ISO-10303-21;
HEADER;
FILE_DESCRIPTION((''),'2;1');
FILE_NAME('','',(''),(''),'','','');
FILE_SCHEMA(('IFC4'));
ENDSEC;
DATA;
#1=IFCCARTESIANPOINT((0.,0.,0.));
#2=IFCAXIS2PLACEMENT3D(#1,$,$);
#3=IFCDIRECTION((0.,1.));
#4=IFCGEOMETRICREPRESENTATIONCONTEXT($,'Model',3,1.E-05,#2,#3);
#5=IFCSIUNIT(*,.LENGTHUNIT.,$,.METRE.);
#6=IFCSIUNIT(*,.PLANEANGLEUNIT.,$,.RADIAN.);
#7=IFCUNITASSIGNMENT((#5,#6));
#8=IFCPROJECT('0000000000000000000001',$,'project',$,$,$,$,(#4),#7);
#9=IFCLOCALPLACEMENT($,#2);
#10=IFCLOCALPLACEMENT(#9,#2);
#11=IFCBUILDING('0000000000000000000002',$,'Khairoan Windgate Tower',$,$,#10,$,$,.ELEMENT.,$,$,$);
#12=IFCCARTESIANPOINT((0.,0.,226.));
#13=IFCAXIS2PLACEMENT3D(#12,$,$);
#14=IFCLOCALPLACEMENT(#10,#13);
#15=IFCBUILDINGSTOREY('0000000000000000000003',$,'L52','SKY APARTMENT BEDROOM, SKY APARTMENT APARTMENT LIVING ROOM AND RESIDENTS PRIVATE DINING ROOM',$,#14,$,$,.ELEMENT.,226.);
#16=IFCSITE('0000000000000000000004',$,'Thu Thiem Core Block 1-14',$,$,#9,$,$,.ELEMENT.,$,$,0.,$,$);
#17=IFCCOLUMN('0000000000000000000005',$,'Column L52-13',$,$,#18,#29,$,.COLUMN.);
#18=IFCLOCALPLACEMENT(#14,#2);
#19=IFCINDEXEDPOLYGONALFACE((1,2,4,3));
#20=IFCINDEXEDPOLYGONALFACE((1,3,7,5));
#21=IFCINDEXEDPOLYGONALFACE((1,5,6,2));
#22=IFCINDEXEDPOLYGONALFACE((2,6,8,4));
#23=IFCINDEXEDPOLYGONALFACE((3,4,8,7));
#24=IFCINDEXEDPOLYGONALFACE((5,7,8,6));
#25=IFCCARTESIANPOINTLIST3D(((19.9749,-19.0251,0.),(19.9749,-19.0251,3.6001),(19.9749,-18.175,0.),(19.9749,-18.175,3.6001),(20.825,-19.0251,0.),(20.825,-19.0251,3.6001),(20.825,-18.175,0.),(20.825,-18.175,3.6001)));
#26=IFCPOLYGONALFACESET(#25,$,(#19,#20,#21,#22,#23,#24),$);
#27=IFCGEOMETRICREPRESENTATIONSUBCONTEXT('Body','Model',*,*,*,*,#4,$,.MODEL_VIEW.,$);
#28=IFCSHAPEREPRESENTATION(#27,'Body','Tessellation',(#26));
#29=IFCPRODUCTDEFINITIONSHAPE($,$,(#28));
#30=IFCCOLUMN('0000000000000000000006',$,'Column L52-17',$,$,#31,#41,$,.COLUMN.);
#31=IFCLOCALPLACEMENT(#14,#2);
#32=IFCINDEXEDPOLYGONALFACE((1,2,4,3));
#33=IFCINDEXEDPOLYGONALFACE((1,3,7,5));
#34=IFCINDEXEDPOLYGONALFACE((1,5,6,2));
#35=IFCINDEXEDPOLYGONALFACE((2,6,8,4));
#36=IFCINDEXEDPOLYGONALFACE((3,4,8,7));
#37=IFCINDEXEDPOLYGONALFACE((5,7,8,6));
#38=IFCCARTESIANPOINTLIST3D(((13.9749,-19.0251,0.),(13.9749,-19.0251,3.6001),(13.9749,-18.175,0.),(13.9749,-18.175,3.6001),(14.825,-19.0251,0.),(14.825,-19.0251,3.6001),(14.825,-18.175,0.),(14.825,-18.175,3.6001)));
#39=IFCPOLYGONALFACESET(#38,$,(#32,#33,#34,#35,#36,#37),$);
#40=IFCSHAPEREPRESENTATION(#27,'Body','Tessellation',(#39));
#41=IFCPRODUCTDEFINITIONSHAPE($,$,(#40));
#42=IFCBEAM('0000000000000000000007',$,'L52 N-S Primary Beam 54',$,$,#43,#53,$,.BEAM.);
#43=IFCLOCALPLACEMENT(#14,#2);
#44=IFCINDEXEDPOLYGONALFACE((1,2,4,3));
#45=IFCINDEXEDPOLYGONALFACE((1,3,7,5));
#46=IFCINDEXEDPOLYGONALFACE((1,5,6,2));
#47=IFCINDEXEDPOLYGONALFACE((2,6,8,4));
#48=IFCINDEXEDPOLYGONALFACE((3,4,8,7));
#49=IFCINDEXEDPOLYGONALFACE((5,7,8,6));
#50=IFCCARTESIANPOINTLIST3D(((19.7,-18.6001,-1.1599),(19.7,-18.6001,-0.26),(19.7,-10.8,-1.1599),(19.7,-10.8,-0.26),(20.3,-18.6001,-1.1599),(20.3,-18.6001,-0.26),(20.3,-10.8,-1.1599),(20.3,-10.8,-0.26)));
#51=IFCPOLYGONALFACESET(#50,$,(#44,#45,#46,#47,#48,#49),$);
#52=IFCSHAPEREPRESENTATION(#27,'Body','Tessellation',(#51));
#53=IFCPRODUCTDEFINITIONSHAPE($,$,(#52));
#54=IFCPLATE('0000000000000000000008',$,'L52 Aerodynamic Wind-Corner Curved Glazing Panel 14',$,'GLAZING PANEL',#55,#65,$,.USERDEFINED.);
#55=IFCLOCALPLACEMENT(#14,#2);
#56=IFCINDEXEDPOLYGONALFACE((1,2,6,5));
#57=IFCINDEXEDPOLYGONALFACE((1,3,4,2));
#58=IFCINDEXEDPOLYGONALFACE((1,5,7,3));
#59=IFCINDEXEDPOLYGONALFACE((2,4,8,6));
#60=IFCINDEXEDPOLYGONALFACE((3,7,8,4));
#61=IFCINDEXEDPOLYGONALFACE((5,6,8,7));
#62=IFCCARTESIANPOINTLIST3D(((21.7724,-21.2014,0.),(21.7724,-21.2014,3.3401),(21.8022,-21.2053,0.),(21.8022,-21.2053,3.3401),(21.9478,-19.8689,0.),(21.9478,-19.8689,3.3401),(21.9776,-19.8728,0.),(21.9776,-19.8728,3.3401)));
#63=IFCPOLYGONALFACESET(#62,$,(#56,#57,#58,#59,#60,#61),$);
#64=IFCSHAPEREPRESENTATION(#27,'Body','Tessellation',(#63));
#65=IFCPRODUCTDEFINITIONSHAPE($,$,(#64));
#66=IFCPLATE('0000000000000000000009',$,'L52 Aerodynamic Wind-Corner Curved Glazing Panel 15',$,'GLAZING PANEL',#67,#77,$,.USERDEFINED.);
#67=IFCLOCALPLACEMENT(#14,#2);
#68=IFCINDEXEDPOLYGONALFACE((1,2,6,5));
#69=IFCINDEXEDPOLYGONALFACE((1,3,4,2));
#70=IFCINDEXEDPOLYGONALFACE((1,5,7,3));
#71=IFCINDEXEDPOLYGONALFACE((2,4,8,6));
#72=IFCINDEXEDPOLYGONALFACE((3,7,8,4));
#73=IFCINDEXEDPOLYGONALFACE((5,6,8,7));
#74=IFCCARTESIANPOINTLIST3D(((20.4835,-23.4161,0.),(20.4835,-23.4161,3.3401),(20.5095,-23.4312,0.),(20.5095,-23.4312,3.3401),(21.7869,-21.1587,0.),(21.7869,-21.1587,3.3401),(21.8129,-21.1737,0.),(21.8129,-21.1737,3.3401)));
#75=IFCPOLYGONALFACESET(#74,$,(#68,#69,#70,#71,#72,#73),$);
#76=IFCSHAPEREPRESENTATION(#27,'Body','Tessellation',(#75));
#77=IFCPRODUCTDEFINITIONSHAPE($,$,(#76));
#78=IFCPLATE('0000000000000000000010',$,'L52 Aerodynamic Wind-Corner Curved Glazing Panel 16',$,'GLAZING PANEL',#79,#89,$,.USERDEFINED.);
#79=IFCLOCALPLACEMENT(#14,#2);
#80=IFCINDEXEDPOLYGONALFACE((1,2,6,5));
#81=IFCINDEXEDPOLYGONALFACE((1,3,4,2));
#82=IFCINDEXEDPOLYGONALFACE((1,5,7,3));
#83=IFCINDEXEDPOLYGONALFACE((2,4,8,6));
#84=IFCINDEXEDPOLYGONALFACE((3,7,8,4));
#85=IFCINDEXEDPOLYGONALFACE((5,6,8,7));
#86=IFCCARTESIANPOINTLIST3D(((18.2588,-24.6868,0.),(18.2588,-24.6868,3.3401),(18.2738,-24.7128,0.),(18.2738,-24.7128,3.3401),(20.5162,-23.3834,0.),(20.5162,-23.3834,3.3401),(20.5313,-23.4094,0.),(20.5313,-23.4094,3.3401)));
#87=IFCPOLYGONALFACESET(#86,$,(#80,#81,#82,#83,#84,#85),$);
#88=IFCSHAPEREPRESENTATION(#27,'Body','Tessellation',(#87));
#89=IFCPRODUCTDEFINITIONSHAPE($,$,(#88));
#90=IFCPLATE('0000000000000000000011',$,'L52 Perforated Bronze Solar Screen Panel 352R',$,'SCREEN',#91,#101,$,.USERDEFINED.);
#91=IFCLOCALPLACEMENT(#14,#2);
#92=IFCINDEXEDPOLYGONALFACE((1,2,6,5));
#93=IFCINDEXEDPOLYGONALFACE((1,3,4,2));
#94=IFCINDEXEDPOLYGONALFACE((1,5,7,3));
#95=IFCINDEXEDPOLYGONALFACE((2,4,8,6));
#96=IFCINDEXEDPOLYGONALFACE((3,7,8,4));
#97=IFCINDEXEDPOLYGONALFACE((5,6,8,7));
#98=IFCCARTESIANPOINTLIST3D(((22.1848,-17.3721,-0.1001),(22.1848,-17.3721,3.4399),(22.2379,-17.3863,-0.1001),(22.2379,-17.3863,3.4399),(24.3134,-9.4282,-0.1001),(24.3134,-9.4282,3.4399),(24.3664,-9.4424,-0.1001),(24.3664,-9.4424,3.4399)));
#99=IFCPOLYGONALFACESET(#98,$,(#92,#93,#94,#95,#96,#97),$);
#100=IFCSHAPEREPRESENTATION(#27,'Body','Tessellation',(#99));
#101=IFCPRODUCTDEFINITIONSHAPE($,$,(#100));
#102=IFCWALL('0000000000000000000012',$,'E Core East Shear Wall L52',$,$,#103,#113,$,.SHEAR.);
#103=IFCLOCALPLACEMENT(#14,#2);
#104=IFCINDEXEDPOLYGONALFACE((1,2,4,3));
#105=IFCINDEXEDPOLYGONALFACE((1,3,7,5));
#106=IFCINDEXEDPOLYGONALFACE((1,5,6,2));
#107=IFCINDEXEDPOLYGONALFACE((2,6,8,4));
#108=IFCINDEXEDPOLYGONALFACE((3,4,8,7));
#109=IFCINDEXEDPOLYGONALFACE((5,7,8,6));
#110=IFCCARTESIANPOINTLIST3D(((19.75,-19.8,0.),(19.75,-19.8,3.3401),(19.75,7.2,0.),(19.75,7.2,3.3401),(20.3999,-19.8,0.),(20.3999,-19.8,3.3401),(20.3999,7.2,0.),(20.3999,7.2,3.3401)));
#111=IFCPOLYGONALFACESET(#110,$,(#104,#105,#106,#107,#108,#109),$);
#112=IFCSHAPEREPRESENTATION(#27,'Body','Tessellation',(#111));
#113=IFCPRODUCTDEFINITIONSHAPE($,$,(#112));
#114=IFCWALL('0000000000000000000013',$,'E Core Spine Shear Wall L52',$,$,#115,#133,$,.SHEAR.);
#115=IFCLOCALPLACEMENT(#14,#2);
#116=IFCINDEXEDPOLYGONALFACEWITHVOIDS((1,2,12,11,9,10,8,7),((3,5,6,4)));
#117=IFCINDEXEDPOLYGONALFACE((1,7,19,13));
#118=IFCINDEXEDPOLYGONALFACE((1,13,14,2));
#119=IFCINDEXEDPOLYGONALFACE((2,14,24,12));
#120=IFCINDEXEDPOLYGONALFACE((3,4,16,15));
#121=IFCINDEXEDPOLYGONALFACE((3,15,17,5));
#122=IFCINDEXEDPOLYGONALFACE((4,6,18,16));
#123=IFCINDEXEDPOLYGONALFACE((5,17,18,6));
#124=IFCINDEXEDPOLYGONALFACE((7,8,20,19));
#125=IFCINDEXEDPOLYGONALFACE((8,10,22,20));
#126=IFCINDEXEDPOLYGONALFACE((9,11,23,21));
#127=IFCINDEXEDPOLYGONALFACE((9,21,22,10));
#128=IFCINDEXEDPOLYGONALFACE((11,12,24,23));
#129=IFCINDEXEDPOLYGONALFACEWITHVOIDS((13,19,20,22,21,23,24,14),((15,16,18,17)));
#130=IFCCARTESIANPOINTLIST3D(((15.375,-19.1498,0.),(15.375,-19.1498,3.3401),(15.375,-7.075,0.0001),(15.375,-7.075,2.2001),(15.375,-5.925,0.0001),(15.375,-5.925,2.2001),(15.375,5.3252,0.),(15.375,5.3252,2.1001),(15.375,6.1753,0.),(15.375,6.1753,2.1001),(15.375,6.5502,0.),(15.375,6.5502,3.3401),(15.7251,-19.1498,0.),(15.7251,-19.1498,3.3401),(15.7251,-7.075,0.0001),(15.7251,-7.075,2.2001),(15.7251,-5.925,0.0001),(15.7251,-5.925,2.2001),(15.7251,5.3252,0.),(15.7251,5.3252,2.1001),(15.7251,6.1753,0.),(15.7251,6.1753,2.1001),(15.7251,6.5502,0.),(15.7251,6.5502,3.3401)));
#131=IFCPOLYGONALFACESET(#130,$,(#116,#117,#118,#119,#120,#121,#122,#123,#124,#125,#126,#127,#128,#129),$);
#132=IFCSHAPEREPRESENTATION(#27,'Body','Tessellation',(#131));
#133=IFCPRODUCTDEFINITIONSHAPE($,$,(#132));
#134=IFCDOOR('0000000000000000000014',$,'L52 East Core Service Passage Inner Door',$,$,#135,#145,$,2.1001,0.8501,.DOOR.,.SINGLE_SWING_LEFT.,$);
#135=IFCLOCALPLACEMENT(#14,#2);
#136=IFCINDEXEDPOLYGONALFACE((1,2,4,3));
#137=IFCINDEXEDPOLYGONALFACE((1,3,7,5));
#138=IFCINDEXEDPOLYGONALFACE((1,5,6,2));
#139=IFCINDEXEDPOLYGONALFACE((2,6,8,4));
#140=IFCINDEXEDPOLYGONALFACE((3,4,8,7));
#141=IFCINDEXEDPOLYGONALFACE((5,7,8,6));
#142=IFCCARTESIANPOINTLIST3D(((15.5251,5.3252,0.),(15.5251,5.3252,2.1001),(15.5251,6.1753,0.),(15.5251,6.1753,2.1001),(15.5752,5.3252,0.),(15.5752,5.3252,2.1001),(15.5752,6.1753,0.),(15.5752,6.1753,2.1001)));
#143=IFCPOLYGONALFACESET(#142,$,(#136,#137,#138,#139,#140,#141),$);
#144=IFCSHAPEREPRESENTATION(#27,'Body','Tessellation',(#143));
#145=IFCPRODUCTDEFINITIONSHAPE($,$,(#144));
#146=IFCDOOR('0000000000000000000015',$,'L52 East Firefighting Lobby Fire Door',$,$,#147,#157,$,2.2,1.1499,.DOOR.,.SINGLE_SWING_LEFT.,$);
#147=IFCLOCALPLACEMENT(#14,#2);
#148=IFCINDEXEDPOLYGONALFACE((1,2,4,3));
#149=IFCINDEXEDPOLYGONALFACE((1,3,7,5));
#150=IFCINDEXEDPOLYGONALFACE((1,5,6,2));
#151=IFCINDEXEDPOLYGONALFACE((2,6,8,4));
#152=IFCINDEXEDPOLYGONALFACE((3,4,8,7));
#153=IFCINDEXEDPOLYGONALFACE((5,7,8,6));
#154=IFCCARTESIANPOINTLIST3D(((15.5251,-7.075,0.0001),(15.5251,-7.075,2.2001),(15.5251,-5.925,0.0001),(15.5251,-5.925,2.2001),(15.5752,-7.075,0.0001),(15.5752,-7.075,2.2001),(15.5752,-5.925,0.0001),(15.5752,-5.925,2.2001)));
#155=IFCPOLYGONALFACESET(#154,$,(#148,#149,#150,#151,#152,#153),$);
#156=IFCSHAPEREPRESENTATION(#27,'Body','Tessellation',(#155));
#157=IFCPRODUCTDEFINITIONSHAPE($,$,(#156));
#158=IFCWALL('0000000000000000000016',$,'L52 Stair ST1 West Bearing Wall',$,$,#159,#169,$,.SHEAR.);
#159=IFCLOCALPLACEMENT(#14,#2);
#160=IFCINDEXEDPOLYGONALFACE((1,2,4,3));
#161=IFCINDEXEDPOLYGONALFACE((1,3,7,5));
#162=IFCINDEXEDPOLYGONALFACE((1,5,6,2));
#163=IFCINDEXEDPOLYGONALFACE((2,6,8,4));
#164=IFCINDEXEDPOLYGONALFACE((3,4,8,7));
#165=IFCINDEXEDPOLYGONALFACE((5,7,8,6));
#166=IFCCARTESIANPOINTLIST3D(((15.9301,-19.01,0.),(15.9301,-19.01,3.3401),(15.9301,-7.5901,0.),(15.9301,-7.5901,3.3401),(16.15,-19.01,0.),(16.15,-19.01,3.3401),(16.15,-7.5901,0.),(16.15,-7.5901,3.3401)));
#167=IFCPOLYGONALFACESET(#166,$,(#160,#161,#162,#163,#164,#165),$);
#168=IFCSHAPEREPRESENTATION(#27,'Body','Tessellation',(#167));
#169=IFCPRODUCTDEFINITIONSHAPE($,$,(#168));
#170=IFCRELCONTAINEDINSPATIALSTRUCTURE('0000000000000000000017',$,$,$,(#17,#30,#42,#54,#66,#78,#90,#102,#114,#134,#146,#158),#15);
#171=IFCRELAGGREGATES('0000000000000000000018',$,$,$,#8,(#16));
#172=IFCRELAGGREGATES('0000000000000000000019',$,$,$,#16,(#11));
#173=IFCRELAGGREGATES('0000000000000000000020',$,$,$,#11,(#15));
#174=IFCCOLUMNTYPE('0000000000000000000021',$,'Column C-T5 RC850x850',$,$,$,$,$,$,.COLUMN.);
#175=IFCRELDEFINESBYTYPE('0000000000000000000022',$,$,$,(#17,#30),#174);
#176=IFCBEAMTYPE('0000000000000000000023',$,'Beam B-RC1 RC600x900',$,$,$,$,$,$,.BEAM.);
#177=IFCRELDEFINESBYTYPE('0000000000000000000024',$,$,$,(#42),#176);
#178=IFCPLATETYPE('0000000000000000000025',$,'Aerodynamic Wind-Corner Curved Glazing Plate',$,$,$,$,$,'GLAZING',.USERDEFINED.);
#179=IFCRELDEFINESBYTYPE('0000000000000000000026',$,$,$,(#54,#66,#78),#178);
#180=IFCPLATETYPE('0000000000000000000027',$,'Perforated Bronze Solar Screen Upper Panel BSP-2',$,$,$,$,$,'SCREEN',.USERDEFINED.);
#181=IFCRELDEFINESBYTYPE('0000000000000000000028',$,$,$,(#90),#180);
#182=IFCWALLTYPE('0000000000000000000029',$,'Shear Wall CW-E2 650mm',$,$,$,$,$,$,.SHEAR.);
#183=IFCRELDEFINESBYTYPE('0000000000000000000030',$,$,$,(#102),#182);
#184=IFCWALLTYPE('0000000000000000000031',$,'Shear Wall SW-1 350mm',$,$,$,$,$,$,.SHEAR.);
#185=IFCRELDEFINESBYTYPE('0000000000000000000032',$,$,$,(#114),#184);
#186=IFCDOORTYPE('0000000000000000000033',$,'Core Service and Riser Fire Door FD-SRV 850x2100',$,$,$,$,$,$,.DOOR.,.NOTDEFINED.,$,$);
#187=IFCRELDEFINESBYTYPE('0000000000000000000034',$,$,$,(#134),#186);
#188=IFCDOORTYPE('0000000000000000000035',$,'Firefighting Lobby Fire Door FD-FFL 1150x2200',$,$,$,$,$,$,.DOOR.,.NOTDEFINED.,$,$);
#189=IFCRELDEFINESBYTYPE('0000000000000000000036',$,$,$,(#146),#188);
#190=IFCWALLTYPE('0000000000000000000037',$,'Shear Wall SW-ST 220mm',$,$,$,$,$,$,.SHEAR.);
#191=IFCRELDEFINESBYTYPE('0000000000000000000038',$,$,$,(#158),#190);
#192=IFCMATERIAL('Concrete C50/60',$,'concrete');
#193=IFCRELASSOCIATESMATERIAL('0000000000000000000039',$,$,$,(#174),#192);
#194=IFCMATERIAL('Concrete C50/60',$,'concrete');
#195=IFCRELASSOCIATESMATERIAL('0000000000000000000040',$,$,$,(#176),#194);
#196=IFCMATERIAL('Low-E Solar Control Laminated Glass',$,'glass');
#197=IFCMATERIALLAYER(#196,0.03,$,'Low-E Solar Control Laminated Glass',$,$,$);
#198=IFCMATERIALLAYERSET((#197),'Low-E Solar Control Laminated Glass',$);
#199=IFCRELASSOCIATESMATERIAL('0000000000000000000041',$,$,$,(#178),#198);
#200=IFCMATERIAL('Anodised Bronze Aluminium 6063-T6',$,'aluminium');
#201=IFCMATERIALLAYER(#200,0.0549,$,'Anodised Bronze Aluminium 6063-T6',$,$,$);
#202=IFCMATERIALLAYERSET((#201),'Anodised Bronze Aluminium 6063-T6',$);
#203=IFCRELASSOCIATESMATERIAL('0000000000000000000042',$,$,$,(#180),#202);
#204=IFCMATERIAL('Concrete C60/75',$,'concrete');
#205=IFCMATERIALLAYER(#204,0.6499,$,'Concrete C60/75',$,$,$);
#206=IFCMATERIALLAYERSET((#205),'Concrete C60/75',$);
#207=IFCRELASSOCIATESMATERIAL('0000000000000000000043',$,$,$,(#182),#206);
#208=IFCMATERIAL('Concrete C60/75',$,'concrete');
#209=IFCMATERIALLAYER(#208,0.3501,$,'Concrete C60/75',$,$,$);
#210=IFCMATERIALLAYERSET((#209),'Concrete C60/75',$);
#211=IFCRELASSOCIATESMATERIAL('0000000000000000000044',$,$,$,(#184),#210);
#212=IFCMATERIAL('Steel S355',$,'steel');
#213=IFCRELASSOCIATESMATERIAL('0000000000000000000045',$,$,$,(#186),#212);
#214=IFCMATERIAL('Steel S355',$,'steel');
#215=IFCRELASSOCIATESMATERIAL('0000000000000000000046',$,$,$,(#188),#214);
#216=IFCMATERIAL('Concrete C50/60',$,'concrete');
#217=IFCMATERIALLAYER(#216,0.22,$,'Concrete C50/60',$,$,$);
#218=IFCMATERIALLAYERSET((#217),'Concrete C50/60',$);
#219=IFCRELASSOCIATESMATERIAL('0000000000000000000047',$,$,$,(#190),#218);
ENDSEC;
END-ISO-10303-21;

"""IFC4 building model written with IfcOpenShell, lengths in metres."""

from ifc_helpers import new_model, si_unit, direction, frame, frame_2d, origin, origin_2d, place, context, subcontext, project, spatial, rectangle, extrude, material, layer, layer_set, material_profile, profile_set, type_object, element, fill, save


model = new_model("IFC4")

# Units and contexts
model_context = context("Model", 3, precision=1e-05, world=origin(), true_north=direction((0.0, 1.0)))
body_context = subcontext(model_context, "Body", "Model", "MODEL_VIEW")
ifc_project = project(units=[si_unit("LENGTHUNIT", "METRE"), si_unit("PLANEANGLEUNIT", "RADIAN")], contexts=[model_context])

# Site, building, storey
site_placement = place(None, origin())
site = spatial("IfcSite", under=ifc_project, at=site_placement, Name="Thu Thiem Core Block 1-14", CompositionType="ELEMENT", RefElevation=0.0)
building_placement = place(site_placement, origin())
building = spatial("IfcBuilding", under=site, at=building_placement, Name="Khairoan Windgate Tower", CompositionType="ELEMENT")
storey_placement = place(building_placement, frame((0.0, 0.0, 226.0)))
storey = spatial("IfcBuildingStorey", under=building, at=storey_placement, Name="L52", Description="SKY APARTMENT BEDROOM, SKY APARTMENT APARTMENT LIVING ROOM AND RESIDENTS PRIVATE DINING ROOM", CompositionType="ELEMENT", Elevation=226.0)

# Columns
ifc_material_1 = material(Name="Concrete C50/60", Category="concrete")
ifc_material_profile_1 = material_profile(ifc_material_1, rectangle(XDim=0.8501, YDim=0.8501, at=origin_2d()))
ifc_profile_set_1 = profile_set([ifc_material_profile_1], Name="Concrete C50/60")
column_type = type_object("IfcColumnType", Name="Column C-T5 RC850x850", PredefinedType="COLUMN", material=ifc_profile_set_1)
for number, where, z_axis, x_axis, name in (
    (1, (20.3999, -18.6001, 0.0), (0.0, 0.0, 1.0), (1.0, 0.0, 0.0), "Column L52-13"),
    (2, (14.3999, -18.6001, 0.0), (0.0, 0.0, 1.0), (1.0, 0.0, 0.0), "Column L52-17"),
):
    element("IfcColumn", number, at=place(storey_placement, frame(where, z_axis=z_axis, x_axis=x_axis)), inside=storey, type_object=column_type, Name=name, PredefinedType="COLUMN", context=body_context, shape_type="SweptSolid", body=[
        extrude(rectangle(XDim=0.8501, YDim=0.8501, at=origin_2d()), origin(), (0.0, 0.0, 1.0), 3.6001),
    ])

# Beam
ifc_material_2 = material(Name="Concrete C50/60", Category="concrete")
ifc_material_profile_2 = material_profile(ifc_material_2, rectangle(XDim=0.6001, YDim=0.8999, at=origin_2d()))
ifc_profile_set_2 = profile_set([ifc_material_profile_2], Name="Concrete C50/60")
beam_type = type_object("IfcBeamType", Name="Beam B-RC1 RC600x900", PredefinedType="BEAM", material=ifc_profile_set_2)
beam_placement = place(storey_placement, frame((20.0, -18.6001, -0.71), z_axis=(0.0, 1.0, 0.0), x_axis=(-1.0, 0.0, 0.0)))
element("IfcBeam", 3, at=beam_placement, inside=storey, type_object=beam_type, Name="L52 N-S Primary Beam 54", PredefinedType="BEAM", context=body_context, shape_type="SweptSolid", body=[
    extrude(rectangle(XDim=0.6001, YDim=0.8999, at=origin_2d()), origin(), (0.0, 0.0, 1.0), 7.8),
])

# Plates
ifc_material_3 = material(Name="Low-E Solar Control Laminated Glass", Category="glass")
ifc_layer_1 = layer(ifc_material_3, 0.03, Name="Low-E Solar Control Laminated Glass")
ifc_layer_set_1 = layer_set([ifc_layer_1], Name="Low-E Solar Control Laminated Glass")
plate_type_1 = type_object("IfcPlateType", Name="Aerodynamic Wind-Corner Curved Glazing Plate", ElementType="GLAZING", PredefinedType="USERDEFINED", material=ifc_layer_set_1)
plate_1_placement = place(storey_placement, frame((21.875, -20.5371, 0.0), z_axis=(0.0, 0.0, 1.0), x_axis=(-0.130526, -0.991445, 0.0)))
element("IfcPlate", 4, at=plate_1_placement, inside=storey, type_object=plate_type_1, Name="L52 Aerodynamic Wind-Corner Curved Glazing Panel 14", ObjectType="GLAZING PANEL", PredefinedType="USERDEFINED", context=body_context, shape_type="SweptSolid", body=[
    extrude(rectangle(XDim=1.344, YDim=0.03, at=origin_2d()), origin(), (0.0, 0.0, 1.0), 3.3401),
])
for number, where, z_axis, x_axis, name in (
    (5, (21.1482, -22.2949, 0.0), (0.0, 0.0, 1.0), (-0.5, -0.866025, 0.0), "L52 Aerodynamic Wind-Corner Curved Glazing Panel 15"),
    (6, (19.395, -24.0481, 0.0), (0.0, 0.0, 1.0), (-0.866025, -0.5, 0.0), "L52 Aerodynamic Wind-Corner Curved Glazing Panel 16"),
):
    element("IfcPlate", number, at=place(storey_placement, frame(where, z_axis=z_axis, x_axis=x_axis)), inside=storey, type_object=plate_type_1, Name=name, ObjectType="GLAZING PANEL", PredefinedType="USERDEFINED", context=body_context, shape_type="SweptSolid", body=[
        extrude(rectangle(XDim=2.6067, YDim=0.03, at=origin_2d()), origin(), (0.0, 0.0, 1.0), 3.3401),
    ])

# Plate
ifc_material_4 = material(Name="Anodised Bronze Aluminium 6063-T6", Category="aluminium")
ifc_layer_2 = layer(ifc_material_4, 0.0549, Name="Anodised Bronze Aluminium 6063-T6")
ifc_layer_set_2 = layer_set([ifc_layer_2], Name="Anodised Bronze Aluminium 6063-T6")
plate_type_2 = type_object("IfcPlateType", Name="Perforated Bronze Solar Screen Upper Panel BSP-2", ElementType="SCREEN", PredefinedType="USERDEFINED", material=ifc_layer_set_2)
plate_2_placement = place(storey_placement, frame((23.2756, -13.4072, -0.1001), z_axis=(0.0, 0.0, 1.0), x_axis=(-0.258819, -0.965926, 0.0)))
element("IfcPlate", 7, at=plate_2_placement, inside=storey, type_object=plate_type_2, Name="L52 Perforated Bronze Solar Screen Panel 352R", ObjectType="SCREEN", PredefinedType="USERDEFINED", context=body_context, shape_type="SweptSolid", body=[
    extrude(rectangle(XDim=8.2241, YDim=0.0549, at=origin_2d()), origin(), (0.0, 0.0, 1.0), 3.54),
])

# Wall
ifc_material_5 = material(Name="Concrete C60/75", Category="concrete")
ifc_layer_3 = layer(ifc_material_5, 0.6499, Name="Concrete C60/75")
ifc_layer_set_3 = layer_set([ifc_layer_3], Name="Concrete C60/75")
wall_type_1 = type_object("IfcWallType", Name="Shear Wall CW-E2 650mm", PredefinedType="SHEAR", material=ifc_layer_set_3)
wall_1_placement = place(storey_placement, frame((20.075, -19.8, 0.0), z_axis=(0.0, 0.0, 1.0), x_axis=(0.0, 1.0, 0.0)))
element("IfcWall", 8, at=wall_1_placement, inside=storey, type_object=wall_type_1, Name="E Core East Shear Wall L52", PredefinedType="SHEAR", context=body_context, shape_type="SweptSolid", body=[
    extrude(rectangle(XDim=27.0, YDim=0.6499, at=frame_2d((13.5, 0.0))), origin(), (0.0, 0.0, 1.0), 3.3401),
])

# Wall, openings, doors
ifc_material_6 = material(Name="Concrete C60/75", Category="concrete")
ifc_layer_4 = layer(ifc_material_6, 0.3501, Name="Concrete C60/75")
ifc_layer_set_4 = layer_set([ifc_layer_4], Name="Concrete C60/75")
wall_type_2 = type_object("IfcWallType", Name="Shear Wall SW-1 350mm", PredefinedType="SHEAR", material=ifc_layer_set_4)
wall_2_placement = place(storey_placement, frame((15.55, -19.1499, 0.0), z_axis=(0.0, 0.0, 1.0), x_axis=(0.0, 1.0, 0.0)))
wall_2 = element("IfcWall", 9, at=wall_2_placement, inside=storey, type_object=wall_type_2, Name="E Core Spine Shear Wall L52", PredefinedType="SHEAR", context=body_context, shape_type="SweptSolid", body=[
    extrude(rectangle(XDim=25.7, YDim=0.3501, at=frame_2d((12.8501, 0.0))), origin(), (0.0, 0.0, 1.0), 3.3401),
])
opening_1_placement = place(wall_2_placement, frame((12.075, 0.0, 0.0)))
opening_1 = element("IfcOpeningElement", 10, at=opening_1_placement, cuts=wall_2, PredefinedType="OPENING", context=body_context, shape_type="SweptSolid", body=[
    extrude(rectangle(XDim=1.1499, YDim=2.2, at=frame_2d((0.575, 1.1001))), frame((0.0, 0.1851, 0.0), z_axis=(0.0, -1.0, 0.0), x_axis=(1.0, 0.0, 0.0)), (0.0, 0.0, 1.0), 0.3701),
])
opening_2_placement = place(wall_2_placement, frame((24.4751, 0.0, 0.0)))
opening_2 = element("IfcOpeningElement", 11, at=opening_2_placement, cuts=wall_2, PredefinedType="OPENING", context=body_context, shape_type="SweptSolid", body=[
    extrude(rectangle(XDim=0.8501, YDim=2.1001, at=frame_2d((0.425, 1.05))), frame((0.0, 0.1851, 0.0), z_axis=(0.0, -1.0, 0.0), x_axis=(1.0, 0.0, 0.0)), (0.0, 0.0, 1.0), 0.3701),
])
ifc_material_7 = material(Name="Steel S355", Category="steel")
door_type_1 = type_object("IfcDoorType", Name="Core Service and Riser Fire Door FD-SRV 850x2100", OperationType="NOTDEFINED", PredefinedType="DOOR", material=ifc_material_7)
door_1_placement = place(opening_2_placement, origin())
door_1 = element("IfcDoor", 12, at=door_1_placement, inside=storey, type_object=door_type_1, Name="L52 East Core Service Passage Inner Door", OperationType="SINGLE_SWING_LEFT", OverallHeight=2.1001, OverallWidth=0.8501, PredefinedType="DOOR", context=body_context, shape_type="SweptSolid", body=[
    extrude(rectangle(XDim=0.8501, YDim=2.1001, at=frame_2d((0.425, 1.05))), frame((0.0, 0.0249, 0.0), z_axis=(0.0, -1.0, 0.0), x_axis=(1.0, 0.0, 0.0)), (0.0, 0.0, 1.0), 0.05),
])
fill(opening_2, door_1)
ifc_material_8 = material(Name="Steel S355", Category="steel")
door_type_2 = type_object("IfcDoorType", Name="Firefighting Lobby Fire Door FD-FFL 1150x2200", OperationType="NOTDEFINED", PredefinedType="DOOR", material=ifc_material_8)
door_2_placement = place(opening_1_placement, origin())
door_2 = element("IfcDoor", 13, at=door_2_placement, inside=storey, type_object=door_type_2, Name="L52 East Firefighting Lobby Fire Door", OperationType="SINGLE_SWING_LEFT", OverallHeight=2.2, OverallWidth=1.1499, PredefinedType="DOOR", context=body_context, shape_type="SweptSolid", body=[
    extrude(rectangle(XDim=1.1499, YDim=2.2, at=frame_2d((0.575, 1.1001))), frame((0.0, 0.0249, 0.0), z_axis=(0.0, -1.0, 0.0), x_axis=(1.0, 0.0, 0.0)), (0.0, 0.0, 1.0), 0.05),
])
fill(opening_1, door_2)

# Wall
ifc_material_9 = material(Name="Concrete C50/60", Category="concrete")
ifc_layer_5 = layer(ifc_material_9, 0.22, Name="Concrete C50/60")
ifc_layer_set_5 = layer_set([ifc_layer_5], Name="Concrete C50/60")
wall_type_3 = type_object("IfcWallType", Name="Shear Wall SW-ST 220mm", PredefinedType="SHEAR", material=ifc_layer_set_5)
for number, where, z_axis, x_axis, name in (
    (14, (16.04, -19.01, 0.0), (0.0, 0.0, 1.0), (0.0, 1.0, 0.0), "L52 Stair ST1 West Bearing Wall"),
):
    element("IfcWall", number, at=place(storey_placement, frame(where, z_axis=z_axis, x_axis=x_axis)), inside=storey, type_object=wall_type_3, Name=name, PredefinedType="SHEAR", context=body_context, shape_type="SweptSolid", body=[
        extrude(rectangle(XDim=11.4199, YDim=0.22, at=frame_2d((5.71, 0.0))), origin(), (0.0, 0.0, 1.0), 3.3401),
    ])

save(model, "model.ifc")
